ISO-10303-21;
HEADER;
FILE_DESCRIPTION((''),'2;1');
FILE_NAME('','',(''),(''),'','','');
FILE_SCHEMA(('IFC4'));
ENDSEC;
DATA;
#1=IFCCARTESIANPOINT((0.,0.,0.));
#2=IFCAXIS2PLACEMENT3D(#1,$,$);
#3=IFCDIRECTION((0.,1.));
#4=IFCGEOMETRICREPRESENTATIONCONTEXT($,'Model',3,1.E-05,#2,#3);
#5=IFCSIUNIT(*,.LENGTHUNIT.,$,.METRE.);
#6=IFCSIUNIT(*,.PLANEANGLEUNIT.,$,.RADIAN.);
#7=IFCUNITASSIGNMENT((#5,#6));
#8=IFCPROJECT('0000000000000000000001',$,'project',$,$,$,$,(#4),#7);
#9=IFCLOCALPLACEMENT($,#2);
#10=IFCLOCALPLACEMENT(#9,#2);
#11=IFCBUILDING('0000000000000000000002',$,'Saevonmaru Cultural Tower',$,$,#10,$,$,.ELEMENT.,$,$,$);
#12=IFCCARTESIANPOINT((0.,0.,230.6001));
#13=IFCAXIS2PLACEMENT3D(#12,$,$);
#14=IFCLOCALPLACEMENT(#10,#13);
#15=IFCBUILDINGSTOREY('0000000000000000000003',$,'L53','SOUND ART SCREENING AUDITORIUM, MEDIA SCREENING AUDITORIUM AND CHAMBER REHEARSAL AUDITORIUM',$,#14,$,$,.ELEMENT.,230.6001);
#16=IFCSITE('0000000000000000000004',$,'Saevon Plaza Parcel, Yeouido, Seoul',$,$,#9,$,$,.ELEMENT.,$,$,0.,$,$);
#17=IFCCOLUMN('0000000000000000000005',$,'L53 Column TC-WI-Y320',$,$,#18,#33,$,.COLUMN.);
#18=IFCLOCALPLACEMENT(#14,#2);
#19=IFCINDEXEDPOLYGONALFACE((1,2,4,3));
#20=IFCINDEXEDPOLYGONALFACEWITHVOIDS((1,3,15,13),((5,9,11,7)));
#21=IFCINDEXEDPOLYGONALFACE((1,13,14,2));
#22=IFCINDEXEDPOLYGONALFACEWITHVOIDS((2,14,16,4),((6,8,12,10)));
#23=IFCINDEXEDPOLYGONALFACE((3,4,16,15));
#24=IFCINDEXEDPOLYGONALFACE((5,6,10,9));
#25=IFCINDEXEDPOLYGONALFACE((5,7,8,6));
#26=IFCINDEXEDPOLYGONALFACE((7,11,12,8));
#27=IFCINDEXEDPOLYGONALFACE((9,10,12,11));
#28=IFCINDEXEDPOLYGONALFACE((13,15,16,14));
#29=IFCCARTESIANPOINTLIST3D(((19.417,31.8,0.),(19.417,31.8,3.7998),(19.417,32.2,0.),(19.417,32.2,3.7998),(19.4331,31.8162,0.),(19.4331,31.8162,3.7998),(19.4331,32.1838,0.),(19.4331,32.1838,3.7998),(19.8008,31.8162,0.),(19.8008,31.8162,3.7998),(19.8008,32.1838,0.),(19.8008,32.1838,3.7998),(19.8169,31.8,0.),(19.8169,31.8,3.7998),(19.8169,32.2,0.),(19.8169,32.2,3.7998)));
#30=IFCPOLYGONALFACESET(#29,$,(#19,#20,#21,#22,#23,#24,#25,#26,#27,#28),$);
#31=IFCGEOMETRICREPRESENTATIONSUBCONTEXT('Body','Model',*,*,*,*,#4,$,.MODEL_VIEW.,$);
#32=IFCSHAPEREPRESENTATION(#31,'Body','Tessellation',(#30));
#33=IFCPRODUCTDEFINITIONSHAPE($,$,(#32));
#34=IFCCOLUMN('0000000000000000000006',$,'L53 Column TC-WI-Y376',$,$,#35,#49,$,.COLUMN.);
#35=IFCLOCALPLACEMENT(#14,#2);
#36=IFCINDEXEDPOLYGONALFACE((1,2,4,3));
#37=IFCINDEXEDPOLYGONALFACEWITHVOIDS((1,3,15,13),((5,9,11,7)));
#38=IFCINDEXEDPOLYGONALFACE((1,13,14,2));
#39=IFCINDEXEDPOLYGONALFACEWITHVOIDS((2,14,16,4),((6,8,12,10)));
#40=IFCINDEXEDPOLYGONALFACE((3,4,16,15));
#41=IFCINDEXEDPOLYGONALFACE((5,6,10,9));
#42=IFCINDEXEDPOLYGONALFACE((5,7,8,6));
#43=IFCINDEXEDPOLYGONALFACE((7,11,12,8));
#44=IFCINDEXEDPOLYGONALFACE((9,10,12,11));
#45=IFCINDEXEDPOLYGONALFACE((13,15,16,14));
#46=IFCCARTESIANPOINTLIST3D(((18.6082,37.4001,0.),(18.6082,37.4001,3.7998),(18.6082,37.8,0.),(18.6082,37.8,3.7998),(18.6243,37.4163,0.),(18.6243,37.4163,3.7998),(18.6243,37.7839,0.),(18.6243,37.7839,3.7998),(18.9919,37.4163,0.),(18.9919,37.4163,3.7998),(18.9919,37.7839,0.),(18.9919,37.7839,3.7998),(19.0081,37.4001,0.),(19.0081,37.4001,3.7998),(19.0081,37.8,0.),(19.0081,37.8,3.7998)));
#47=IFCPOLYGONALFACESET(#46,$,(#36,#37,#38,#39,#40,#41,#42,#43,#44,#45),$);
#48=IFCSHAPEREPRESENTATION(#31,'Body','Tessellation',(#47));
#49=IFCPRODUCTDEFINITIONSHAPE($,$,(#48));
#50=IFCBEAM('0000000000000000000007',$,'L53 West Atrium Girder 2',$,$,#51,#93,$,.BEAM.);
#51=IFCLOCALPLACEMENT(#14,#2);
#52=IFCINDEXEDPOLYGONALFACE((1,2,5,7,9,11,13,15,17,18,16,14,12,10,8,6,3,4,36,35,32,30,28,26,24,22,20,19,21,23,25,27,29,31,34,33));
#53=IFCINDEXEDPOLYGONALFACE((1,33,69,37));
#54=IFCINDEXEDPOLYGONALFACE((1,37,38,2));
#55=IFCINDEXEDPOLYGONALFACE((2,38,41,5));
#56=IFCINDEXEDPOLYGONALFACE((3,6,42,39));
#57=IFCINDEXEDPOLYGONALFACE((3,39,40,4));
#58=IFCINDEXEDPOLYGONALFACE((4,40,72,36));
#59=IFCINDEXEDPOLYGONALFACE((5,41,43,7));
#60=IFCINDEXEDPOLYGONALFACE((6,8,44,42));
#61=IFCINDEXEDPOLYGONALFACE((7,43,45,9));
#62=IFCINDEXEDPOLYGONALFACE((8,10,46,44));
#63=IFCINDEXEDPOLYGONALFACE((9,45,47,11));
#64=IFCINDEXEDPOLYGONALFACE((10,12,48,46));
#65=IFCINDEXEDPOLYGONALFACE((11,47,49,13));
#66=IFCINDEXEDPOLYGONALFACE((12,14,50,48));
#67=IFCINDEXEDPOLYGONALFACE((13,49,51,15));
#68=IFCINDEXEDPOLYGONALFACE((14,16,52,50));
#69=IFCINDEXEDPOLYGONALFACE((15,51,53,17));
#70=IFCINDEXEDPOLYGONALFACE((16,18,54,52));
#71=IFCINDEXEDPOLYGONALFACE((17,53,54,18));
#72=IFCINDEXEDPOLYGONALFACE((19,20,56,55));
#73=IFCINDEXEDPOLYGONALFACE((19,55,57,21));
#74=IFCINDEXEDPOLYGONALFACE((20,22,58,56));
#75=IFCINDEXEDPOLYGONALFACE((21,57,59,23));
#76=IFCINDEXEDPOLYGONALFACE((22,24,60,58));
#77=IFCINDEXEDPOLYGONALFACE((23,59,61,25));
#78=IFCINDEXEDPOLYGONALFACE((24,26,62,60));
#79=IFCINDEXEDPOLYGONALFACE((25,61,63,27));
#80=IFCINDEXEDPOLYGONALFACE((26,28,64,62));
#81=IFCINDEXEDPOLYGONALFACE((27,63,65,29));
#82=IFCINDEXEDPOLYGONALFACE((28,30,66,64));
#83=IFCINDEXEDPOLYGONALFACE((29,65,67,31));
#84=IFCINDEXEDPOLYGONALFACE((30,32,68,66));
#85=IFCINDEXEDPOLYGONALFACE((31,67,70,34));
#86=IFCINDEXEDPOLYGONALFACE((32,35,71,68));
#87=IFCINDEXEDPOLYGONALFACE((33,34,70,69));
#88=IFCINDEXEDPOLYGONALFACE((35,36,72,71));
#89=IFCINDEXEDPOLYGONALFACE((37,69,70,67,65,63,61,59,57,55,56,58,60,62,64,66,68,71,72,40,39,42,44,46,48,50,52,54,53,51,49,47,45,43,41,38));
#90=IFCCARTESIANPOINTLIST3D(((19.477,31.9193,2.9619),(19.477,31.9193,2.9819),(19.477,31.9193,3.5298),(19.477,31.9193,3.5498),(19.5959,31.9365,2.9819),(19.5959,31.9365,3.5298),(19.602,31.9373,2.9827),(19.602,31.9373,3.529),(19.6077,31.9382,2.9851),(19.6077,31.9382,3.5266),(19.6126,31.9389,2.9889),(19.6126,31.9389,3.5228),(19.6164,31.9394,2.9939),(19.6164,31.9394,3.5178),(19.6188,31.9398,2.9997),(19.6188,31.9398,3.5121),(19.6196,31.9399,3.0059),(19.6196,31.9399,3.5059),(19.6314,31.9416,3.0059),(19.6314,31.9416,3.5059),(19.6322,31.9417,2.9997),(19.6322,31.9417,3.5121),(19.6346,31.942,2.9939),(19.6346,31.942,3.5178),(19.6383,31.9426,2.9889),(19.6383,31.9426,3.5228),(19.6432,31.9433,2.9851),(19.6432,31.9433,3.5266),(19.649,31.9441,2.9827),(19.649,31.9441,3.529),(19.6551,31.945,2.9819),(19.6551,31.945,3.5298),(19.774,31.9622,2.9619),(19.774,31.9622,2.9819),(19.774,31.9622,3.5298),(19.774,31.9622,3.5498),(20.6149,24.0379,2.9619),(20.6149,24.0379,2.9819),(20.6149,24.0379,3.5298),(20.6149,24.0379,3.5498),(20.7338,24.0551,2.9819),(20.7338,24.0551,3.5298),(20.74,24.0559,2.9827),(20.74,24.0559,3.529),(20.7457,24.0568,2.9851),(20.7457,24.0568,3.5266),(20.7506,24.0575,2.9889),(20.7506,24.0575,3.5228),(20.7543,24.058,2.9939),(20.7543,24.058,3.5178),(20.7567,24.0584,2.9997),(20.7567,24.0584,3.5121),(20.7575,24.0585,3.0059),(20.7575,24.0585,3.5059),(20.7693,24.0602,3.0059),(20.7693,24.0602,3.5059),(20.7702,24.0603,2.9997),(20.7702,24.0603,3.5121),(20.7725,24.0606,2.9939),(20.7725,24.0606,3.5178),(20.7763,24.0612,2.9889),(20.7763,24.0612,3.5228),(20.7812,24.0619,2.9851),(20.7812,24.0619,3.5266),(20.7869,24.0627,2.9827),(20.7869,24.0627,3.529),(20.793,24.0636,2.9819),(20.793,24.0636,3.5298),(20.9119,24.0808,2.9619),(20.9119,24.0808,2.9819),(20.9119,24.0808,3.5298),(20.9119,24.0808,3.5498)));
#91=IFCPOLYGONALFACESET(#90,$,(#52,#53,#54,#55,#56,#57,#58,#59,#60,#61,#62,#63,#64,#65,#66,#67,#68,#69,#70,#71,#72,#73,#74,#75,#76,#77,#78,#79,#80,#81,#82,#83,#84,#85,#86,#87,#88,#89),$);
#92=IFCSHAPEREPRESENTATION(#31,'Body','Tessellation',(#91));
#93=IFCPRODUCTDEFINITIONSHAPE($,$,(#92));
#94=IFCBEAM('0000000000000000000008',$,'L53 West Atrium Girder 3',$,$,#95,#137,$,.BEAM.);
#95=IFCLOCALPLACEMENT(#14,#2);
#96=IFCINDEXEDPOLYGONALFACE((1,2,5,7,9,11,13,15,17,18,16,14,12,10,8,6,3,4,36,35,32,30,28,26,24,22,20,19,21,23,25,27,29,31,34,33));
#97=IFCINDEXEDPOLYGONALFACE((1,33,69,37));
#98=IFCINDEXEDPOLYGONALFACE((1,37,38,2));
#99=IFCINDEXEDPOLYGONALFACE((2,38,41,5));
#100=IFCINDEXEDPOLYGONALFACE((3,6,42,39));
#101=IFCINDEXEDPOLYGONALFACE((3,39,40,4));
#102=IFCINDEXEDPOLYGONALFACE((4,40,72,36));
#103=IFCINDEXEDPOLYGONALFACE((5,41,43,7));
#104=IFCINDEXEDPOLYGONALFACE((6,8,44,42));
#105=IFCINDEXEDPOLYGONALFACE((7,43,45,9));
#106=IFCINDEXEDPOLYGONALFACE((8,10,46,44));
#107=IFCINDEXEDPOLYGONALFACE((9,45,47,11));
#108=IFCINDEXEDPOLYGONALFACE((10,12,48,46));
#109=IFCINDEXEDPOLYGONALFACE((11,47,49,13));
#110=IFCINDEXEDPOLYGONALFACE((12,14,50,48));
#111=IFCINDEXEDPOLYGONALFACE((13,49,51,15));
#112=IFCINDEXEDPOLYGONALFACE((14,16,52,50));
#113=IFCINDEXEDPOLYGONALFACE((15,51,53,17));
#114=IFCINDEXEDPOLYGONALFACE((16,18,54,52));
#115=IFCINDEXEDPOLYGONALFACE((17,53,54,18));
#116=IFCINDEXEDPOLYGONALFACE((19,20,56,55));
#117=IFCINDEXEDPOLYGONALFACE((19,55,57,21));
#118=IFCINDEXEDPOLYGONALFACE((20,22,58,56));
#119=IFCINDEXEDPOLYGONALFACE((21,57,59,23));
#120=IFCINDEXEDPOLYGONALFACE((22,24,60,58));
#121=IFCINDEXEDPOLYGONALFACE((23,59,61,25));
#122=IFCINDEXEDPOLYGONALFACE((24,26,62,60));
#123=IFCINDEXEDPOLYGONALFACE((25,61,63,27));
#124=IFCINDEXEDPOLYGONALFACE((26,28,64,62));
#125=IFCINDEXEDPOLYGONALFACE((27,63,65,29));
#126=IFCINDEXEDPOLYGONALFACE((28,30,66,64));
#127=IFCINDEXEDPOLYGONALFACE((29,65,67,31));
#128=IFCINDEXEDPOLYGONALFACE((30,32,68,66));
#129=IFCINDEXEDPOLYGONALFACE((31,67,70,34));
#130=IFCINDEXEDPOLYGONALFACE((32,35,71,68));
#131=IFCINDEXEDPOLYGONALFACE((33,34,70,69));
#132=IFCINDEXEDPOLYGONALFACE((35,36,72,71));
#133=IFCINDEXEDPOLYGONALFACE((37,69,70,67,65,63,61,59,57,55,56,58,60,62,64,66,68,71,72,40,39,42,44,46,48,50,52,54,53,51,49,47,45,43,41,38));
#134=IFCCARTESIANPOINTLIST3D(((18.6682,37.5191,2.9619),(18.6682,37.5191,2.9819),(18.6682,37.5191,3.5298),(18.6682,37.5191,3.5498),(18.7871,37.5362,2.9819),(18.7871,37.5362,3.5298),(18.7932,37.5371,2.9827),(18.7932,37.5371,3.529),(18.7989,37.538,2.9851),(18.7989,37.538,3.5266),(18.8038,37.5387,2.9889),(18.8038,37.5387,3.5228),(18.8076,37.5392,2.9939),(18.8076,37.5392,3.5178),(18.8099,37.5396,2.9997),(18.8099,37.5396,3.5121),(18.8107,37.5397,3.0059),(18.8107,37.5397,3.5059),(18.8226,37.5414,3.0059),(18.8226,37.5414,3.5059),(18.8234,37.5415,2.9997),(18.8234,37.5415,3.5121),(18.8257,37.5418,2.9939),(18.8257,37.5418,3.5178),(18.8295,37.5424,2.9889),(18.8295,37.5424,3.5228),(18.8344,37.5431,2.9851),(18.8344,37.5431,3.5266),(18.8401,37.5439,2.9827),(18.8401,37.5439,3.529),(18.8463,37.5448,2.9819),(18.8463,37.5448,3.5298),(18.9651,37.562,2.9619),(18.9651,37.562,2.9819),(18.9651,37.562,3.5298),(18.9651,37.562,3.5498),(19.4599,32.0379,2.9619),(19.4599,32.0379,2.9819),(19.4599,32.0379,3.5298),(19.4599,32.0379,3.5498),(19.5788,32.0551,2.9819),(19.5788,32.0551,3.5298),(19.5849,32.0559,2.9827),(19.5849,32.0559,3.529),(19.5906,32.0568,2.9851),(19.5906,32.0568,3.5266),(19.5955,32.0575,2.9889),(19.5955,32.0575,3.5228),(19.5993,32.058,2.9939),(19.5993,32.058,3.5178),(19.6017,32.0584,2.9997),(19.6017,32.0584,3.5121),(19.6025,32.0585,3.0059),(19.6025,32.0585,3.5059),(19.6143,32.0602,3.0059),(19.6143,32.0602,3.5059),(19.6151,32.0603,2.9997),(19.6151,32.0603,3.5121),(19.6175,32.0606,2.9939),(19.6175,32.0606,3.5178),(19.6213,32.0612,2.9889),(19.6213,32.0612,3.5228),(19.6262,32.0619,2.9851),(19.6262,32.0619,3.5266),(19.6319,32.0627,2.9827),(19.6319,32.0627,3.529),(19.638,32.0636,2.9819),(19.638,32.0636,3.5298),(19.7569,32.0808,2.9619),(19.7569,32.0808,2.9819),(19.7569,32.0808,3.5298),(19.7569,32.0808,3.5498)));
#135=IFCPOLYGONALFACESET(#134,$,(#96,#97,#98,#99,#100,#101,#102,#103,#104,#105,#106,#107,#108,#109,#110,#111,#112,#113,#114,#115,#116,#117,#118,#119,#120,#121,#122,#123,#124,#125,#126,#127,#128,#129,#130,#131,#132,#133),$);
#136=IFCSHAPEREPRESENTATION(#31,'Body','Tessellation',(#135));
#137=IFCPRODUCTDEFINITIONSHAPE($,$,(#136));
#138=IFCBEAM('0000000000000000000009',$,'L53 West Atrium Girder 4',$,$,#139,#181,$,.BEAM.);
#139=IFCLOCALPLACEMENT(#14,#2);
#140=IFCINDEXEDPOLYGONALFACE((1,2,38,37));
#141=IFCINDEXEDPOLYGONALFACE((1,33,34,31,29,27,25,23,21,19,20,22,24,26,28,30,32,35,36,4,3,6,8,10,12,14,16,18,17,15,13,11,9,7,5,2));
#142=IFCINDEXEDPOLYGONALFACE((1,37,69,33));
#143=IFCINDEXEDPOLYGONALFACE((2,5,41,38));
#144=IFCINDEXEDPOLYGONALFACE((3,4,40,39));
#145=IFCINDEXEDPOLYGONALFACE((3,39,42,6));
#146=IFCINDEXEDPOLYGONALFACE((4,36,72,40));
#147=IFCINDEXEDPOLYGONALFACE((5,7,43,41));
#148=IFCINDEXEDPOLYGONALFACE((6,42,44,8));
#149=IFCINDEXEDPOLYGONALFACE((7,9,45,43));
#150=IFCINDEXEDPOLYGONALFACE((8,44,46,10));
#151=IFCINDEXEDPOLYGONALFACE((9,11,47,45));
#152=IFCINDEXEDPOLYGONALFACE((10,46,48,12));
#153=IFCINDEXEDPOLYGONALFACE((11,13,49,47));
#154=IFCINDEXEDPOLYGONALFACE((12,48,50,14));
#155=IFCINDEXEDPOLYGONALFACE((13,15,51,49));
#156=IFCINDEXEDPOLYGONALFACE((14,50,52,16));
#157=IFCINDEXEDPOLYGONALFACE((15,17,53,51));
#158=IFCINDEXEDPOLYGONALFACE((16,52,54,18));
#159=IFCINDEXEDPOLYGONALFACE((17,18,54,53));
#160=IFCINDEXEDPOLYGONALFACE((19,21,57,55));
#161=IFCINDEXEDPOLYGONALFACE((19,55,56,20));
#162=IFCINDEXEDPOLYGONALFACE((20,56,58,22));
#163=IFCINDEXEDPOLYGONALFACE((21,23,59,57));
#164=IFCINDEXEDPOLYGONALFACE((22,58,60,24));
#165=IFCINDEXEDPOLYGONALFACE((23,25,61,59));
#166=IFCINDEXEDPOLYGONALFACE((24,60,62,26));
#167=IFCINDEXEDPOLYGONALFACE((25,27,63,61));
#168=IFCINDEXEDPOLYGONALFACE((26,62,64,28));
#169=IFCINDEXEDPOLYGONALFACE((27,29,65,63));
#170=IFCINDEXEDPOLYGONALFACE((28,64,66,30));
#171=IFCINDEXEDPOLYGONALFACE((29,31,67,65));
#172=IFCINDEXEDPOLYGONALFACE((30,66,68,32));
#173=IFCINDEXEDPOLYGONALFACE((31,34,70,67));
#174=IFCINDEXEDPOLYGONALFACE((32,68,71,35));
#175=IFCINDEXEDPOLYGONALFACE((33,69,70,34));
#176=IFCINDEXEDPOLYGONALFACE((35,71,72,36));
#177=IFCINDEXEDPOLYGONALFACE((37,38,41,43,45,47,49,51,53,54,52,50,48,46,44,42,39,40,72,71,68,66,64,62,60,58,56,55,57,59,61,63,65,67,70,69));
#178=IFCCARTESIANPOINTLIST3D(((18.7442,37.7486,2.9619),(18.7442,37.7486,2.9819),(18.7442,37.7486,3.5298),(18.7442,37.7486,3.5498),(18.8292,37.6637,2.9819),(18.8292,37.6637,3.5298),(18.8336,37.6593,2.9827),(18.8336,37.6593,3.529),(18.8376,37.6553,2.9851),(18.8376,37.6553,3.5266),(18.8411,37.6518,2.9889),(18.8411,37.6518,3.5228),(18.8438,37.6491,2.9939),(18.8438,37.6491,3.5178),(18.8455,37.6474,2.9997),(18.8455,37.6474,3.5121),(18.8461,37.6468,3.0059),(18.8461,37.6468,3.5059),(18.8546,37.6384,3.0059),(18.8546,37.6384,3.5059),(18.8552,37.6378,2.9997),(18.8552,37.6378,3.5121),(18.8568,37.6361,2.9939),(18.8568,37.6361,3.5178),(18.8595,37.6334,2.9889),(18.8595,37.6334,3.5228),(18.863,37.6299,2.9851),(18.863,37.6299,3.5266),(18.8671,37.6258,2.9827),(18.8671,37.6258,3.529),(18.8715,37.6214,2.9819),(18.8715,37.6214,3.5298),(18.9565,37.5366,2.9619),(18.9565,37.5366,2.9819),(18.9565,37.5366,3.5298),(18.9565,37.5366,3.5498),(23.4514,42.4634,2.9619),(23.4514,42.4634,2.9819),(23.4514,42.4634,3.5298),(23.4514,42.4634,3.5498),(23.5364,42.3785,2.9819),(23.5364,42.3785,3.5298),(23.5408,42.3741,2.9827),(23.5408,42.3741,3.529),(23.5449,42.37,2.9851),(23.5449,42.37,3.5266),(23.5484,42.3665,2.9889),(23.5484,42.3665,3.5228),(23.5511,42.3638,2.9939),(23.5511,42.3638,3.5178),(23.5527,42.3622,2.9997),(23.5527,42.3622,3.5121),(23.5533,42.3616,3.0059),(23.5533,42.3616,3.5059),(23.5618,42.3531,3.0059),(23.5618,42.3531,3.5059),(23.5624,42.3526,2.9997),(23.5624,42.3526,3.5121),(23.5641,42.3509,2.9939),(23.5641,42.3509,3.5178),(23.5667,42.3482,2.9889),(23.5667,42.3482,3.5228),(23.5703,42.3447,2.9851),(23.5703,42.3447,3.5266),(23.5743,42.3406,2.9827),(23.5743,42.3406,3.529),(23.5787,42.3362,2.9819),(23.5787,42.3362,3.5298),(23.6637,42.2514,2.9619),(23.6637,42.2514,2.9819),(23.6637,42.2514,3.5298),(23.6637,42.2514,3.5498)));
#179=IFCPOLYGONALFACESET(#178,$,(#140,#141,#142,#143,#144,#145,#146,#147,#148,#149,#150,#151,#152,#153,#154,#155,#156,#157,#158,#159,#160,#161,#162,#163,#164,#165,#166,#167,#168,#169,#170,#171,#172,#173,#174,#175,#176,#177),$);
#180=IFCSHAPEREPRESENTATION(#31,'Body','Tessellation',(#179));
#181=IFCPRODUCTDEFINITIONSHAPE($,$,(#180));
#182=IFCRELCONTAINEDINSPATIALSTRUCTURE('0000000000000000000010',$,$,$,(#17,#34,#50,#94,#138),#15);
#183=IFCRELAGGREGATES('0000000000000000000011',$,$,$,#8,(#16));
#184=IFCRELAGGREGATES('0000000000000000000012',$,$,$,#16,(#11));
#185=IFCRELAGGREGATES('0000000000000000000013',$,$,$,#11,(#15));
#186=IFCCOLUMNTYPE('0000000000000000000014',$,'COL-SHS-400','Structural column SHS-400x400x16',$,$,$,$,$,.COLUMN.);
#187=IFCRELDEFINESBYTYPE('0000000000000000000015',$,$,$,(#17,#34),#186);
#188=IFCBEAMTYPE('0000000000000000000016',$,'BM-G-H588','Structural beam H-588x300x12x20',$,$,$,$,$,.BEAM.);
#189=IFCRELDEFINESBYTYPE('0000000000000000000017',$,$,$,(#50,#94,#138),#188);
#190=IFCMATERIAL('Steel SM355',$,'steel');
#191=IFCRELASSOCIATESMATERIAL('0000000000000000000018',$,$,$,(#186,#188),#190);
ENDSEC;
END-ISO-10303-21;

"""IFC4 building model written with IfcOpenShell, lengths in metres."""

from ifc_helpers import new_model, si_unit, direction, frame, origin, origin_2d, place, context, subcontext, project, spatial, hollow_rectangle, i_section, extrude, material, material_profile, profile_set, type_object, element, save


model = new_model("IFC4")

# Units and contexts
model_context = context("Model", 3, precision=1e-05, world=origin(), true_north=direction((0.0, 1.0)))
body_context = subcontext(model_context, "Body", "Model", "MODEL_VIEW")
ifc_project = project(units=[si_unit("LENGTHUNIT", "METRE"), si_unit("PLANEANGLEUNIT", "RADIAN")], contexts=[model_context])

# Site, building, storey
site_placement = place(None, origin())
site = spatial("IfcSite", under=ifc_project, at=site_placement, Name="Saevon Plaza Parcel, Yeouido, Seoul", CompositionType="ELEMENT", RefElevation=0.0)
building_placement = place(site_placement, origin())
building = spatial("IfcBuilding", under=site, at=building_placement, Name="Saevonmaru Cultural Tower", CompositionType="ELEMENT")
storey_placement = place(building_placement, frame((0.0, 0.0, 230.6001)))
storey = spatial("IfcBuildingStorey", under=building, at=storey_placement, Name="L53", Description="SOUND ART SCREENING AUDITORIUM, MEDIA SCREENING AUDITORIUM AND CHAMBER REHEARSAL AUDITORIUM", CompositionType="ELEMENT", Elevation=230.6001)

# Columns
ifc_material_1 = material(Name="Steel SM355", Category="steel")
ifc_material_profile_1 = material_profile(ifc_material_1, hollow_rectangle(XDim=0.3999, YDim=0.3999, WallThickness=0.0161, at=origin_2d()), Name="SHS-400x400x16")
ifc_profile_set_1 = profile_set([ifc_material_profile_1], Name="Steel SM355")
column_type = type_object("IfcColumnType", Name="COL-SHS-400", Description="Structural column SHS-400x400x16", PredefinedType="COLUMN", material=ifc_profile_set_1)
for number, where, z_axis, x_axis, name in (
    (1, (19.6169, 32.0, 0.0), (0.0, 0.0, 1.0), (1.0, 0.0, 0.0), "L53 Column TC-WI-Y320"),
    (2, (18.8081, 37.6001, 0.0), (0.0, 0.0, 1.0), (1.0, 0.0, 0.0), "L53 Column TC-WI-Y376"),
):
    element("IfcColumn", number, at=place(storey_placement, frame(where, z_axis=z_axis, x_axis=x_axis)), inside=storey, type_object=column_type, Name=name, PredefinedType="COLUMN", context=body_context, shape_type="SweptSolid", body=[
        extrude(hollow_rectangle(XDim=0.3999, YDim=0.3999, WallThickness=0.0161, at=origin_2d()), origin(), (0.0, 0.0, 1.0), 3.7998),
    ])

# Beams
ifc_material_profile_2 = material_profile(ifc_material_1, i_section(OverallWidth=0.3, OverallDepth=0.5879, WebThickness=0.012, FlangeThickness=0.02, FilletRadius=0.0239, at=origin_2d()), Name="H-588x300x12x20")
ifc_profile_set_2 = profile_set([ifc_material_profile_2], Name="Steel SM355")
beam_type_1 = type_object("IfcBeamType", Name="BM-G-H588", Description="Structural beam H-588x300x12x20", PredefinedType="BEAM", material=ifc_profile_set_2)
beam_1_placement = place(storey_placement, frame((20.7634, 24.0593, 3.2559), z_axis=(-0.142902, 0.989737, 0.0), x_axis=(-0.989737, -0.142902, 0.0)))
element("IfcBeam", 3, at=beam_1_placement, inside=storey, type_object=beam_type_1, Name="L53 West Atrium Girder 2", PredefinedType="BEAM", context=body_context, shape_type="SweptSolid", body=[
    extrude(i_section(OverallWidth=0.3, OverallDepth=0.5879, WebThickness=0.012, FlangeThickness=0.02, FilletRadius=0.0239, at=origin_2d()), origin(), (0.0, 0.0, 1.0), 7.9631),
])
beam_2_placement = place(storey_placement, frame((19.6084, 32.0593, 3.2559), z_axis=(-0.142964, 0.989728, 0.0), x_axis=(-0.989728, -0.142964, 0.0)))
element("IfcBeam", 4, at=beam_2_placement, inside=storey, type_object=beam_type_1, Name="L53 West Atrium Girder 3", PredefinedType="BEAM", context=body_context, shape_type="SweptSolid", body=[
    extrude(i_section(OverallWidth=0.3, OverallDepth=0.5879, WebThickness=0.012, FlangeThickness=0.02, FilletRadius=0.0239, at=origin_2d()), origin(), (0.0, 0.0, 1.0), 5.5381),
])
beam_3_placement = place(storey_placement, frame((18.8503, 37.6426, 3.2559), z_axis=(0.706539, 0.707675, 0.0), x_axis=(-0.707675, 0.706539, 0.0)))
element("IfcBeam", 5, at=beam_3_placement, inside=storey, type_object=beam_type_1, Name="L53 West Atrium Girder 4", PredefinedType="BEAM", context=body_context, shape_type="SweptSolid", body=[
    extrude(i_section(OverallWidth=0.3, OverallDepth=0.5879, WebThickness=0.012, FlangeThickness=0.02, FilletRadius=0.0239, at=origin_2d()), origin(), (0.0, 0.0, 1.0), 6.6624),
])

save(model, "model.ifc")
